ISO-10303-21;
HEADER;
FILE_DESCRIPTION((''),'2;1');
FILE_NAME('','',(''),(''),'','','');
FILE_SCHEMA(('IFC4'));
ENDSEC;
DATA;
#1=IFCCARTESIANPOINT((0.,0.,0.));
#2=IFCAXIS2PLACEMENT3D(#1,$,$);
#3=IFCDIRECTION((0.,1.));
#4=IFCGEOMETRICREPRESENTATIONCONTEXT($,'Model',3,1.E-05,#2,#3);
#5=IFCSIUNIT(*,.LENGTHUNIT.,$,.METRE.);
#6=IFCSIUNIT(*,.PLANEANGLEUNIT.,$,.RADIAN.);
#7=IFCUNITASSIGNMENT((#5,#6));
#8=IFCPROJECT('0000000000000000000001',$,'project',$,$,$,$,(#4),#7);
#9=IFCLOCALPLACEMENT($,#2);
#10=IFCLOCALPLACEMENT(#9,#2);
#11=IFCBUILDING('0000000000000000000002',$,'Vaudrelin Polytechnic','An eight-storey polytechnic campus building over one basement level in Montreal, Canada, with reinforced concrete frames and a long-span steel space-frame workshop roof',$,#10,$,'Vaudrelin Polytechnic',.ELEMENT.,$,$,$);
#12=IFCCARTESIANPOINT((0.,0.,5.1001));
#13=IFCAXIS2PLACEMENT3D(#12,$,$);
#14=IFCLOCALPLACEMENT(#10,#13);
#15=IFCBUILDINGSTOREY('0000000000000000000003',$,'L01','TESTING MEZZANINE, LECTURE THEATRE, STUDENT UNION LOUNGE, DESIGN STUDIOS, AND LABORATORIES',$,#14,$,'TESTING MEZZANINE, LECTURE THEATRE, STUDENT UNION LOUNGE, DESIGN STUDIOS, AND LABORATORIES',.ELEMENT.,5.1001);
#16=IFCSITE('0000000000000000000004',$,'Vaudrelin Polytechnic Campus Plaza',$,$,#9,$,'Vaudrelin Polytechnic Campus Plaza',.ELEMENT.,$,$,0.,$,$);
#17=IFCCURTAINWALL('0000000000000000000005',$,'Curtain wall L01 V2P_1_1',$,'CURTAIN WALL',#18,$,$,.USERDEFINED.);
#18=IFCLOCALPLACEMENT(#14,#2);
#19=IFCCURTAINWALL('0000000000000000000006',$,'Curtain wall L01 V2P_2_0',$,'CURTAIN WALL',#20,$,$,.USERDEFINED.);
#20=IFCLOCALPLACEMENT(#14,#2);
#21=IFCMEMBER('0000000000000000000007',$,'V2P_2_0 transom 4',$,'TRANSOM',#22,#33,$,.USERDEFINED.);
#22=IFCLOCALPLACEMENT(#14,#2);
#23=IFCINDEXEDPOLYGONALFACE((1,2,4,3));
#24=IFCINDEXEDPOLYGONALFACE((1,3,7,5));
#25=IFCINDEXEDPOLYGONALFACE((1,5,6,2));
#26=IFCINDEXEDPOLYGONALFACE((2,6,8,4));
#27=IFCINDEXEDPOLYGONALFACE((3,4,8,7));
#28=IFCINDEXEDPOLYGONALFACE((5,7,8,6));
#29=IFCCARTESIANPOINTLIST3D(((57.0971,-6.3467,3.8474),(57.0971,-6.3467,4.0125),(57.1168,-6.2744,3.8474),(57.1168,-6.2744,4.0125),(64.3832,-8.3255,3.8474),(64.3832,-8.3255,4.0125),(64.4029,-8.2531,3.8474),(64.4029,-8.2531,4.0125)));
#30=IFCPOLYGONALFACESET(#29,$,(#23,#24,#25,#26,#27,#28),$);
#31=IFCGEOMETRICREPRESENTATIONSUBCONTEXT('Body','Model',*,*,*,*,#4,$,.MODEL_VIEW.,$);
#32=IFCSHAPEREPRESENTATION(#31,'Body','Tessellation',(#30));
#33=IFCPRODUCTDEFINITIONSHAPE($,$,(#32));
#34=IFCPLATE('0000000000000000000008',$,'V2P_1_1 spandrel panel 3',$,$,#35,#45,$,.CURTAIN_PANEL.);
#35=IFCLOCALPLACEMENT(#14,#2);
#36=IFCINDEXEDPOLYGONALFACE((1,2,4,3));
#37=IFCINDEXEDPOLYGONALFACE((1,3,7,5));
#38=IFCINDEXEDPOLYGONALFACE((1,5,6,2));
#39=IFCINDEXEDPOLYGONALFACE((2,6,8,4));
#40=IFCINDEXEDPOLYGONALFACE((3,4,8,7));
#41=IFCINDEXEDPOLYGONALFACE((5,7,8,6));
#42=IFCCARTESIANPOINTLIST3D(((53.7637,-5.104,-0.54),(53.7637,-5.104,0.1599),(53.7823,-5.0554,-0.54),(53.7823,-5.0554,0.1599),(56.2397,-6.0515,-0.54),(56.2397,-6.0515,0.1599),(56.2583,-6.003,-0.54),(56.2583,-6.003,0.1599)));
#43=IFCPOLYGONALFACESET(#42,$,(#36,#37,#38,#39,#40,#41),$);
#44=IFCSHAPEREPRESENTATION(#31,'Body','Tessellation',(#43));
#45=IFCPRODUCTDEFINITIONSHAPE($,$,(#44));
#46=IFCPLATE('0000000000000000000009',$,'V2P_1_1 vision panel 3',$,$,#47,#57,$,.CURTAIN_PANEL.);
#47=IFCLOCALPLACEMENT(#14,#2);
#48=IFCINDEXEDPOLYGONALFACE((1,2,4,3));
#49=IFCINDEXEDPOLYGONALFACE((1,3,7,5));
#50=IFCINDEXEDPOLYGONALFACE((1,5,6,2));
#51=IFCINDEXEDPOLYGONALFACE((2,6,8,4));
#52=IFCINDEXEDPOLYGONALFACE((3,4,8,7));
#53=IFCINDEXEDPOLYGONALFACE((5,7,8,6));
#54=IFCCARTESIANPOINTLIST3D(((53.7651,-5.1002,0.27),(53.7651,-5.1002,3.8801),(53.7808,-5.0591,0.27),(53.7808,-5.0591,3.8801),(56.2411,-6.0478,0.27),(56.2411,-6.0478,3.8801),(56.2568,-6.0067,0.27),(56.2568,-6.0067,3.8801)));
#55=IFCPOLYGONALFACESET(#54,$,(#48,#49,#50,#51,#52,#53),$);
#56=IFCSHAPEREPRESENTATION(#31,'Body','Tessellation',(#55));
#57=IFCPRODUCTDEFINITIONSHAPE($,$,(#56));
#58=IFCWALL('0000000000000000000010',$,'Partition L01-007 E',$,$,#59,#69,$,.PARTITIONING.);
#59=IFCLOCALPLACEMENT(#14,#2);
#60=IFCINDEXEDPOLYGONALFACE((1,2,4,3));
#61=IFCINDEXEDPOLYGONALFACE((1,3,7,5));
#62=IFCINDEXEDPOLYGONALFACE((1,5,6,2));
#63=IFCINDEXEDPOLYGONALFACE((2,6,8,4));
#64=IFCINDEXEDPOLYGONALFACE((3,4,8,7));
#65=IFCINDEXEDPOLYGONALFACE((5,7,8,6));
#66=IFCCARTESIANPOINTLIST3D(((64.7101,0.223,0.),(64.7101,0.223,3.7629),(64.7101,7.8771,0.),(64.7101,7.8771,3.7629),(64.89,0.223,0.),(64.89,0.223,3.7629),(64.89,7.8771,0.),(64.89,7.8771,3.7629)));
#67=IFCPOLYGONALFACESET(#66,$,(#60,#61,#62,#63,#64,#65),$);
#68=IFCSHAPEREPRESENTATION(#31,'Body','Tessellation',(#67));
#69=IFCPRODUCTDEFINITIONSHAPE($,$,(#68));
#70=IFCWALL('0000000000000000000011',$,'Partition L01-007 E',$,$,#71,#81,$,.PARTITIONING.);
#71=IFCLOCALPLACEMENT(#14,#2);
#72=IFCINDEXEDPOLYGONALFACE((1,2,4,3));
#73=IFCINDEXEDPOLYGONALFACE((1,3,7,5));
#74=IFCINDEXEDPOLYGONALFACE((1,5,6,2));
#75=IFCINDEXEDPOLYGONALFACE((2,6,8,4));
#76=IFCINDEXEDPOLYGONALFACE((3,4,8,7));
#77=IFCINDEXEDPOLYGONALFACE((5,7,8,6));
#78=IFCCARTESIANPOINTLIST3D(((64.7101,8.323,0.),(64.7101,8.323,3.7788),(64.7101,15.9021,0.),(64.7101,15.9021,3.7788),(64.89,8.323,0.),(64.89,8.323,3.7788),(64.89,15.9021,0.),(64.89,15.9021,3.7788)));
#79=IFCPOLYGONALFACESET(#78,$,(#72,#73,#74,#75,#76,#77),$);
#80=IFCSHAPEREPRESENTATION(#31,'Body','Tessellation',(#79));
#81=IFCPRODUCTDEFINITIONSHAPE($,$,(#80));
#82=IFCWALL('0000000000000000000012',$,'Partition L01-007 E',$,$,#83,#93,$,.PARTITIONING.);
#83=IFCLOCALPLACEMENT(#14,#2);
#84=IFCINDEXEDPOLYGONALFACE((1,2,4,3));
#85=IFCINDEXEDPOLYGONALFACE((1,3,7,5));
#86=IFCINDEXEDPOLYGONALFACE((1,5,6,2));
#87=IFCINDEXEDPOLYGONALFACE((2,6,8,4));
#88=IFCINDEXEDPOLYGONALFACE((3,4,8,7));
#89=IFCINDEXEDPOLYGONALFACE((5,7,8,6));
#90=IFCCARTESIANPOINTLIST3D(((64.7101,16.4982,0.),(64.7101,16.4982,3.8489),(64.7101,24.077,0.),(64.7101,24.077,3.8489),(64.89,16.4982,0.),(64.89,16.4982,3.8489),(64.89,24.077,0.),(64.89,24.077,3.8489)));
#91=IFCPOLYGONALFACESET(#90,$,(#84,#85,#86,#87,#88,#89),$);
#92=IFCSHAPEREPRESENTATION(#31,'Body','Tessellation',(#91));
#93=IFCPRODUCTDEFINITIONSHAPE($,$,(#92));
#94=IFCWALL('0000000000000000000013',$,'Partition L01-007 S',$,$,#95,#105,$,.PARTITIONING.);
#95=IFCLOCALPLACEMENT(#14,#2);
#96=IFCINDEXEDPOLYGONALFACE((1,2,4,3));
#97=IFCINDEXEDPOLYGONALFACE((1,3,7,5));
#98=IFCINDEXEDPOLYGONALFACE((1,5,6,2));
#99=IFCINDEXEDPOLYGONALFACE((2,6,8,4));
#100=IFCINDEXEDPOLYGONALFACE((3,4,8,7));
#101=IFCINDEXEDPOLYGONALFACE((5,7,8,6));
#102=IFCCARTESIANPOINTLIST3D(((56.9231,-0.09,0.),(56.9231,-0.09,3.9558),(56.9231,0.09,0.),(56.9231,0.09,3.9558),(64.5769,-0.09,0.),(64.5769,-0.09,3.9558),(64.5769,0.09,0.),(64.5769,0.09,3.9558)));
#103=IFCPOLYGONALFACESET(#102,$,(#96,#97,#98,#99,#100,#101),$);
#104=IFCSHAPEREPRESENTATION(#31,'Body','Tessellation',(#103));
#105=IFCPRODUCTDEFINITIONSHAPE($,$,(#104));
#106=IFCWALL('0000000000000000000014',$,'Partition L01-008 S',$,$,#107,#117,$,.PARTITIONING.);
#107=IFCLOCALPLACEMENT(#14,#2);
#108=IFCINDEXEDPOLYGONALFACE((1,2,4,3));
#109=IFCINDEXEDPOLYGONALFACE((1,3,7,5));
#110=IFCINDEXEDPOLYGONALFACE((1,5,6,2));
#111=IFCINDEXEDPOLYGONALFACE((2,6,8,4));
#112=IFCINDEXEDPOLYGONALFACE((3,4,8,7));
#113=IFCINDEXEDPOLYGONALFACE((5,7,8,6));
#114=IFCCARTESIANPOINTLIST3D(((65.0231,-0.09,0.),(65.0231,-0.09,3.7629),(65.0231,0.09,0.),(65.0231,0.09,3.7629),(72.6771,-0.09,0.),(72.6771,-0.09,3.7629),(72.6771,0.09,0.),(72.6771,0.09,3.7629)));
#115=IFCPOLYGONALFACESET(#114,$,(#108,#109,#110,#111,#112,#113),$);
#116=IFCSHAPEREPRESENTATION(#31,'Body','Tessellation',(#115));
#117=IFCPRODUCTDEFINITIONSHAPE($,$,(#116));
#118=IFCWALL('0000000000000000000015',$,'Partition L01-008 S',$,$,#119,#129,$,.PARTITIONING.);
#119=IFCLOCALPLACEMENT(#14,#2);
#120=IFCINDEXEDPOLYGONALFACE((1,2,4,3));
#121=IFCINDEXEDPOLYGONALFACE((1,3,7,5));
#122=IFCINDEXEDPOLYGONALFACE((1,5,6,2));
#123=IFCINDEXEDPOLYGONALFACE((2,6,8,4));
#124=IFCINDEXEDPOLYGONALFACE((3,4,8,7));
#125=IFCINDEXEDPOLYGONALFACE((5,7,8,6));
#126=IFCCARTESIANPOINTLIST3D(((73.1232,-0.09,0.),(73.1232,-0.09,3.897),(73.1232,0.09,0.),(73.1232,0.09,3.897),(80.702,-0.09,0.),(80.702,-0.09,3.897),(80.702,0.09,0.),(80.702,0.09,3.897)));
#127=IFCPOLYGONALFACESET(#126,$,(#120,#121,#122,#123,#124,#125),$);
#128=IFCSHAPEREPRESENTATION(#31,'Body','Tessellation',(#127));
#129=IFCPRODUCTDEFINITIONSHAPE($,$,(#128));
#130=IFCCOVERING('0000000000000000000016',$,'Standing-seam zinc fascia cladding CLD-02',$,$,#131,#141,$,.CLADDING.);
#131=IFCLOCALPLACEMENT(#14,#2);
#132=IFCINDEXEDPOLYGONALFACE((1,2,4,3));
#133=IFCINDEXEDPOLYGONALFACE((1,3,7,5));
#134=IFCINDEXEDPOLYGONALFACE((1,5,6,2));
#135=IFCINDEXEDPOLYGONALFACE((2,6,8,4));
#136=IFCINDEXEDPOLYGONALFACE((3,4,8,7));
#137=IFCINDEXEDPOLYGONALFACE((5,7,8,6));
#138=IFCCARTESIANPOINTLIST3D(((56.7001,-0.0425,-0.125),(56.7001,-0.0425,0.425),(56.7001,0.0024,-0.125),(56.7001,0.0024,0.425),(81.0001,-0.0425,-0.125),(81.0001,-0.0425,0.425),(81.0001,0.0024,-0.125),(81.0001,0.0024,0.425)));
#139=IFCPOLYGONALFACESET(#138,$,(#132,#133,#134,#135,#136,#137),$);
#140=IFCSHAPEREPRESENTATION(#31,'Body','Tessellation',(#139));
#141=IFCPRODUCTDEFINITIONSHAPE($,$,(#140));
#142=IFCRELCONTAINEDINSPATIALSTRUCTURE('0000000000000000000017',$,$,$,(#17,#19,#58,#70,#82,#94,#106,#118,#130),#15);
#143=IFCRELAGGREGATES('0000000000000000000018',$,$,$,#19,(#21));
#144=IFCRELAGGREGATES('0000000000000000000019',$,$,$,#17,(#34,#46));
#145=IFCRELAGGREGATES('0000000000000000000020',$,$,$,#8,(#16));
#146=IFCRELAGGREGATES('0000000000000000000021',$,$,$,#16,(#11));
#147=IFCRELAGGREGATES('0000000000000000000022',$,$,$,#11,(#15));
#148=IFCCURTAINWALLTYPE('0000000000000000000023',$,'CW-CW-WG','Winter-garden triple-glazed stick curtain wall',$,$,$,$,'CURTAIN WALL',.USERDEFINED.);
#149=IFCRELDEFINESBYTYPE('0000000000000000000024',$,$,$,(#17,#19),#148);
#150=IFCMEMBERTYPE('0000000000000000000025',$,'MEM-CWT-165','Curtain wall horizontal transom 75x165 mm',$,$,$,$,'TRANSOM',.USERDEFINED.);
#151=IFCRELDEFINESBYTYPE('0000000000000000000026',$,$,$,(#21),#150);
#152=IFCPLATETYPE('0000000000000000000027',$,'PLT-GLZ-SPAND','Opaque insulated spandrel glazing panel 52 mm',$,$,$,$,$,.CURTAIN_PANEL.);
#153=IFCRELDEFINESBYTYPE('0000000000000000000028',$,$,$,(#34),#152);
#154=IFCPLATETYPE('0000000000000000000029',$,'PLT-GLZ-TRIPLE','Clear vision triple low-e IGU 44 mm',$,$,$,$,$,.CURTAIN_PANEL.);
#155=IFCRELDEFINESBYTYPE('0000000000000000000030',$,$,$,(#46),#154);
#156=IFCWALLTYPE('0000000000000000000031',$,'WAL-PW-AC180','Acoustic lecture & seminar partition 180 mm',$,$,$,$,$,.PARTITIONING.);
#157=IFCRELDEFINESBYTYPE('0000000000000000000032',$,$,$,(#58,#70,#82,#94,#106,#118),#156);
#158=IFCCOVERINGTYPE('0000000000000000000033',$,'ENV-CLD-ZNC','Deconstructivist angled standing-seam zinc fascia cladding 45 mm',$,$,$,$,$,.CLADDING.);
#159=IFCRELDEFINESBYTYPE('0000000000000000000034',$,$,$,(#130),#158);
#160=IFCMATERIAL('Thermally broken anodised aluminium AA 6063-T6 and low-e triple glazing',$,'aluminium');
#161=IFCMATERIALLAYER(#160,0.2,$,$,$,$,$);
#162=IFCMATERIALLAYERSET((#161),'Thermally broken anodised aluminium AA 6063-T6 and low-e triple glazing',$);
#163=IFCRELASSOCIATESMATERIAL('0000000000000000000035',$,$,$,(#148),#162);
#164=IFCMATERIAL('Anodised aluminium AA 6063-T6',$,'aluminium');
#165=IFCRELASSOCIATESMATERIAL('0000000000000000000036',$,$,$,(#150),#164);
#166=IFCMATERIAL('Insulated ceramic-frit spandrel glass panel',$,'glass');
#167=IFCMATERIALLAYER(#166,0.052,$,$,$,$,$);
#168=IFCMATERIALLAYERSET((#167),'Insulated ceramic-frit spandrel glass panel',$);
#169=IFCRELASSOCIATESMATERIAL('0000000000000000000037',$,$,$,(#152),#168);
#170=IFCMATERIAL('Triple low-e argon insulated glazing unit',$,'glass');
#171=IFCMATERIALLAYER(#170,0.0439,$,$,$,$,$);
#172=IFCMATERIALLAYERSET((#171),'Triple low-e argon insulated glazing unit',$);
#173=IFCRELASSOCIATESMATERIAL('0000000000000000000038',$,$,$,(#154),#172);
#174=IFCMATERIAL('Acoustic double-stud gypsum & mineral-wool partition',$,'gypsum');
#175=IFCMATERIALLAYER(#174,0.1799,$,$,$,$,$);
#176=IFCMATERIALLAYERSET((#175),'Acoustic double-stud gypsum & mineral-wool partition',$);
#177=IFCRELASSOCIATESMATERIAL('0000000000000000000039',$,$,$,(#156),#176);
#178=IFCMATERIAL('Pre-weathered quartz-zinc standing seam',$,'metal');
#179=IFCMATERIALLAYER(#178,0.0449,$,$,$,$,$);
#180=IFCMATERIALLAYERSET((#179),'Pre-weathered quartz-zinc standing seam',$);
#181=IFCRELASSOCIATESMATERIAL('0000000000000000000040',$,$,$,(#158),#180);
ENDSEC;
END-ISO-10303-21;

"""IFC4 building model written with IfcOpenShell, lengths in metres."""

from ifc_helpers import new_model, si_unit, direction, frame, frame_2d, origin, origin_2d, place, context, subcontext, project, spatial, rectangle, extrude, material, layer, layer_set, material_profile, profile_set, type_object, element, aggregate, save


model = new_model("IFC4")

# Units and contexts
model_context = context("Model", 3, precision=1e-05, world=origin(), true_north=direction((0.0, 1.0)))
body_context = subcontext(model_context, "Body", "Model", "MODEL_VIEW")
ifc_project = project(units=[si_unit("LENGTHUNIT", "METRE"), si_unit("PLANEANGLEUNIT", "RADIAN")], contexts=[model_context])

# Site, building, storey
site_placement = place(None, origin())
site = spatial("IfcSite", under=ifc_project, at=site_placement, Name="Vaudrelin Polytechnic Campus Plaza", LongName="Vaudrelin Polytechnic Campus Plaza", CompositionType="ELEMENT", RefElevation=0.0)
building_placement = place(site_placement, origin())
building = spatial("IfcBuilding", under=site, at=building_placement, Name="Vaudrelin Polytechnic", Description="An eight-storey polytechnic campus building over one basement level in Montreal, Canada, with reinforced concrete frames and a long-span steel space-frame workshop roof", LongName="Vaudrelin Polytechnic", CompositionType="ELEMENT")
storey_placement = place(building_placement, frame((0.0, 0.0, 5.1001)))
storey = spatial("IfcBuildingStorey", under=building, at=storey_placement, Name="L01", Description="TESTING MEZZANINE, LECTURE THEATRE, STUDENT UNION LOUNGE, DESIGN STUDIOS, AND LABORATORIES", LongName="TESTING MEZZANINE, LECTURE THEATRE, STUDENT UNION LOUNGE, DESIGN STUDIOS, AND LABORATORIES", CompositionType="ELEMENT", Elevation=5.1001)

# Curtain wall
ifc_material_1 = material(Name="Thermally broken anodised aluminium AA 6063-T6 and low-e triple glazing", Category="aluminium")
ifc_layer_1 = layer(ifc_material_1, 0.2)
ifc_layer_set_1 = layer_set([ifc_layer_1], Name="Thermally broken anodised aluminium AA 6063-T6 and low-e triple glazing")
curtain_wall_type = type_object("IfcCurtainWallType", Name="CW-CW-WG", Description="Winter-garden triple-glazed stick curtain wall", ElementType="CURTAIN WALL", PredefinedType="USERDEFINED", material=ifc_layer_set_1)
curtain_wall_1_placement = place(storey_placement, origin())
curtain_wall_1 = element("IfcCurtainWall", 1, at=curtain_wall_1_placement, inside=storey, type_object=curtain_wall_type, Name="Curtain wall L01 V2P_1_1", ObjectType="CURTAIN WALL", PredefinedType="USERDEFINED")
ifc_material_2 = material(Name="Anodised aluminium AA 6063-T6", Category="aluminium")

# Curtain wall, member
curtain_wall_2_placement = place(storey_placement, origin())
curtain_wall_2 = element("IfcCurtainWall", 2, at=curtain_wall_2_placement, inside=storey, type_object=curtain_wall_type, Name="Curtain wall L01 V2P_2_0", ObjectType="CURTAIN WALL", PredefinedType="USERDEFINED")
ifc_material_profile_1 = material_profile(ifc_material_2, rectangle(XDim=0.075, YDim=0.165, at=origin_2d()), Name="CWT-75x165")
ifc_profile_set_1 = profile_set([ifc_material_profile_1], Name="Anodised aluminium AA 6063-T6")
member_type_1 = type_object("IfcMemberType", Name="MEM-CWT-165", Description="Curtain wall horizontal transom 75x165 mm", ElementType="TRANSOM", PredefinedType="USERDEFINED", material=ifc_profile_set_1)
member_1_placement = place(storey_placement, frame((57.1069, -6.3105, 3.9299), z_axis=(0.965045, -0.262086, 0.0), x_axis=(0.262086, 0.965045, 0.0)))
member_1 = element("IfcMember", 3, at=member_1_placement, type_object=member_type_1, Name="V2P_2_0 transom 4", ObjectType="TRANSOM", PredefinedType="USERDEFINED", context=body_context, shape_type="SweptSolid", body=[
    extrude(rectangle(XDim=0.075, YDim=0.165, at=origin_2d()), origin(), (0.0, 0.0, 1.0), 7.55),
])
aggregate(curtain_wall_2, [member_1])

# Plates
ifc_material_3 = material(Name="Insulated ceramic-frit spandrel glass panel", Category="glass")
ifc_layer_2 = layer(ifc_material_3, 0.052)
ifc_layer_set_2 = layer_set([ifc_layer_2], Name="Insulated ceramic-frit spandrel glass panel")
plate_type_1 = type_object("IfcPlateType", Name="PLT-GLZ-SPAND", Description="Opaque insulated spandrel glazing panel 52 mm", PredefinedType="CURTAIN_PANEL", material=ifc_layer_set_2)
plate_1_placement = place(storey_placement, frame((55.011, -5.5535, -0.54), z_axis=(0.0, 0.0, 1.0), x_axis=(0.933939, -0.357432, 0.0)))
plate_1 = element("IfcPlate", 4, at=plate_1_placement, type_object=plate_type_1, Name="V2P_1_1 spandrel panel 3", PredefinedType="CURTAIN_PANEL", context=body_context, shape_type="SweptSolid", body=[
    extrude(rectangle(XDim=2.6511, YDim=0.052, at=origin_2d()), origin(), (0.0, 0.0, 1.0), 0.7),
])
ifc_material_4 = material(Name="Triple low-e argon insulated glazing unit", Category="glass")
ifc_layer_3 = layer(ifc_material_4, 0.0439)
ifc_layer_set_3 = layer_set([ifc_layer_3], Name="Triple low-e argon insulated glazing unit")
plate_type_2 = type_object("IfcPlateType", Name="PLT-GLZ-TRIPLE", Description="Clear vision triple low-e IGU 44 mm", PredefinedType="CURTAIN_PANEL", material=ifc_layer_set_3)
plate_2_placement = place(storey_placement, frame((55.011, -5.5535, 0.27), z_axis=(0.0, 0.0, 1.0), x_axis=(0.933939, -0.357432, 0.0)))
plate_2 = element("IfcPlate", 5, at=plate_2_placement, type_object=plate_type_2, Name="V2P_1_1 vision panel 3", PredefinedType="CURTAIN_PANEL", context=body_context, shape_type="SweptSolid", body=[
    extrude(rectangle(XDim=2.6511, YDim=0.0439, at=origin_2d()), origin(), (0.0, 0.0, 1.0), 3.6101),
])
aggregate(curtain_wall_1, [plate_1, plate_2])

# Walls
ifc_material_5 = material(Name="Acoustic double-stud gypsum & mineral-wool partition", Category="gypsum")
ifc_layer_4 = layer(ifc_material_5, 0.1799)
ifc_layer_set_4 = layer_set([ifc_layer_4], Name="Acoustic double-stud gypsum & mineral-wool partition")
wall_type = type_object("IfcWallType", Name="WAL-PW-AC180", Description="Acoustic lecture & seminar partition 180 mm", PredefinedType="PARTITIONING", material=ifc_layer_set_4)
wall_1_placement = place(storey_placement, frame((64.8, 0.2229, 0.0), z_axis=(0.0, 0.0, 1.0), x_axis=(0.0, 1.0, 0.0)))
element("IfcWall", 6, at=wall_1_placement, inside=storey, type_object=wall_type, Name="Partition L01-007 E", PredefinedType="PARTITIONING", context=body_context, shape_type="SweptSolid", body=[
    extrude(rectangle(XDim=7.6541, YDim=0.1799, at=frame_2d((3.8271, 0.0))), origin(), (0.0, 0.0, 1.0), 3.7629),
])
wall_2_placement = place(storey_placement, frame((64.8, 8.323, 0.0), z_axis=(0.0, 0.0, 1.0), x_axis=(0.0, 1.0, 0.0)))
element("IfcWall", 7, at=wall_2_placement, inside=storey, type_object=wall_type, Name="Partition L01-007 E", PredefinedType="PARTITIONING", context=body_context, shape_type="SweptSolid", body=[
    extrude(rectangle(XDim=7.5791, YDim=0.1799, at=frame_2d((3.7896, 0.0))), origin(), (0.0, 0.0, 1.0), 3.7788),
])
wall_3_placement = place(storey_placement, frame((64.8, 16.498, 0.0), z_axis=(0.0, 0.0, 1.0), x_axis=(0.0, 1.0, 0.0)))
element("IfcWall", 8, at=wall_3_placement, inside=storey, type_object=wall_type, Name="Partition L01-007 E", PredefinedType="PARTITIONING", context=body_context, shape_type="SweptSolid", body=[
    extrude(rectangle(XDim=7.5789, YDim=0.1799, at=frame_2d((3.7896, 0.0))), origin(), (0.0, 0.0, 1.0), 3.8489),
])
wall_4_placement = place(storey_placement, frame((56.9231, 0.0, 0.0), z_axis=(0.0, 0.0, 1.0), x_axis=(1.0, 0.0, 0.0)))
element("IfcWall", 9, at=wall_4_placement, inside=storey, type_object=wall_type, Name="Partition L01-007 S", PredefinedType="PARTITIONING", context=body_context, shape_type="SweptSolid", body=[
    extrude(rectangle(XDim=7.6538, YDim=0.1799, at=frame_2d((3.8269, 0.0))), origin(), (0.0, 0.0, 1.0), 3.9558),
])
wall_5_placement = place(storey_placement, frame((65.0229, 0.0, 0.0), z_axis=(0.0, 0.0, 1.0), x_axis=(1.0, 0.0, 0.0)))
element("IfcWall", 10, at=wall_5_placement, inside=storey, type_object=wall_type, Name="Partition L01-008 S", PredefinedType="PARTITIONING", context=body_context, shape_type="SweptSolid", body=[
    extrude(rectangle(XDim=7.6541, YDim=0.1799, at=frame_2d((3.8271, 0.0))), origin(), (0.0, 0.0, 1.0), 3.7629),
])
wall_6_placement = place(storey_placement, frame((73.123, 0.0, 0.0), z_axis=(0.0, 0.0, 1.0), x_axis=(1.0, 0.0, 0.0)))
element("IfcWall", 11, at=wall_6_placement, inside=storey, type_object=wall_type, Name="Partition L01-008 S", PredefinedType="PARTITIONING", context=body_context, shape_type="SweptSolid", body=[
    extrude(rectangle(XDim=7.5789, YDim=0.1799, at=frame_2d((3.7896, 0.0))), origin(), (0.0, 0.0, 1.0), 3.897),
])

# Covering
ifc_material_6 = material(Name="Pre-weathered quartz-zinc standing seam", Category="metal")
ifc_layer_5 = layer(ifc_material_6, 0.0449)
ifc_layer_set_5 = layer_set([ifc_layer_5], Name="Pre-weathered quartz-zinc standing seam")
covering_type = type_object("IfcCoveringType", Name="ENV-CLD-ZNC", Description="Deconstructivist angled standing-seam zinc fascia cladding 45 mm", PredefinedType="CLADDING", material=ifc_layer_set_5)
covering_placement = place(storey_placement, frame((68.8501, -0.02, -0.125), z_axis=(0.0, 0.0, 1.0), x_axis=(1.0, 0.0, 0.0)))
element("IfcCovering", 12, at=covering_placement, inside=storey, type_object=covering_type, Name="Standing-seam zinc fascia cladding CLD-02", PredefinedType="CLADDING", context=body_context, shape_type="SweptSolid", body=[
    extrude(rectangle(XDim=24.3, YDim=0.0449, at=origin_2d()), origin(), (0.0, 0.0, 1.0), 0.55),
])

save(model, "model.ifc")
